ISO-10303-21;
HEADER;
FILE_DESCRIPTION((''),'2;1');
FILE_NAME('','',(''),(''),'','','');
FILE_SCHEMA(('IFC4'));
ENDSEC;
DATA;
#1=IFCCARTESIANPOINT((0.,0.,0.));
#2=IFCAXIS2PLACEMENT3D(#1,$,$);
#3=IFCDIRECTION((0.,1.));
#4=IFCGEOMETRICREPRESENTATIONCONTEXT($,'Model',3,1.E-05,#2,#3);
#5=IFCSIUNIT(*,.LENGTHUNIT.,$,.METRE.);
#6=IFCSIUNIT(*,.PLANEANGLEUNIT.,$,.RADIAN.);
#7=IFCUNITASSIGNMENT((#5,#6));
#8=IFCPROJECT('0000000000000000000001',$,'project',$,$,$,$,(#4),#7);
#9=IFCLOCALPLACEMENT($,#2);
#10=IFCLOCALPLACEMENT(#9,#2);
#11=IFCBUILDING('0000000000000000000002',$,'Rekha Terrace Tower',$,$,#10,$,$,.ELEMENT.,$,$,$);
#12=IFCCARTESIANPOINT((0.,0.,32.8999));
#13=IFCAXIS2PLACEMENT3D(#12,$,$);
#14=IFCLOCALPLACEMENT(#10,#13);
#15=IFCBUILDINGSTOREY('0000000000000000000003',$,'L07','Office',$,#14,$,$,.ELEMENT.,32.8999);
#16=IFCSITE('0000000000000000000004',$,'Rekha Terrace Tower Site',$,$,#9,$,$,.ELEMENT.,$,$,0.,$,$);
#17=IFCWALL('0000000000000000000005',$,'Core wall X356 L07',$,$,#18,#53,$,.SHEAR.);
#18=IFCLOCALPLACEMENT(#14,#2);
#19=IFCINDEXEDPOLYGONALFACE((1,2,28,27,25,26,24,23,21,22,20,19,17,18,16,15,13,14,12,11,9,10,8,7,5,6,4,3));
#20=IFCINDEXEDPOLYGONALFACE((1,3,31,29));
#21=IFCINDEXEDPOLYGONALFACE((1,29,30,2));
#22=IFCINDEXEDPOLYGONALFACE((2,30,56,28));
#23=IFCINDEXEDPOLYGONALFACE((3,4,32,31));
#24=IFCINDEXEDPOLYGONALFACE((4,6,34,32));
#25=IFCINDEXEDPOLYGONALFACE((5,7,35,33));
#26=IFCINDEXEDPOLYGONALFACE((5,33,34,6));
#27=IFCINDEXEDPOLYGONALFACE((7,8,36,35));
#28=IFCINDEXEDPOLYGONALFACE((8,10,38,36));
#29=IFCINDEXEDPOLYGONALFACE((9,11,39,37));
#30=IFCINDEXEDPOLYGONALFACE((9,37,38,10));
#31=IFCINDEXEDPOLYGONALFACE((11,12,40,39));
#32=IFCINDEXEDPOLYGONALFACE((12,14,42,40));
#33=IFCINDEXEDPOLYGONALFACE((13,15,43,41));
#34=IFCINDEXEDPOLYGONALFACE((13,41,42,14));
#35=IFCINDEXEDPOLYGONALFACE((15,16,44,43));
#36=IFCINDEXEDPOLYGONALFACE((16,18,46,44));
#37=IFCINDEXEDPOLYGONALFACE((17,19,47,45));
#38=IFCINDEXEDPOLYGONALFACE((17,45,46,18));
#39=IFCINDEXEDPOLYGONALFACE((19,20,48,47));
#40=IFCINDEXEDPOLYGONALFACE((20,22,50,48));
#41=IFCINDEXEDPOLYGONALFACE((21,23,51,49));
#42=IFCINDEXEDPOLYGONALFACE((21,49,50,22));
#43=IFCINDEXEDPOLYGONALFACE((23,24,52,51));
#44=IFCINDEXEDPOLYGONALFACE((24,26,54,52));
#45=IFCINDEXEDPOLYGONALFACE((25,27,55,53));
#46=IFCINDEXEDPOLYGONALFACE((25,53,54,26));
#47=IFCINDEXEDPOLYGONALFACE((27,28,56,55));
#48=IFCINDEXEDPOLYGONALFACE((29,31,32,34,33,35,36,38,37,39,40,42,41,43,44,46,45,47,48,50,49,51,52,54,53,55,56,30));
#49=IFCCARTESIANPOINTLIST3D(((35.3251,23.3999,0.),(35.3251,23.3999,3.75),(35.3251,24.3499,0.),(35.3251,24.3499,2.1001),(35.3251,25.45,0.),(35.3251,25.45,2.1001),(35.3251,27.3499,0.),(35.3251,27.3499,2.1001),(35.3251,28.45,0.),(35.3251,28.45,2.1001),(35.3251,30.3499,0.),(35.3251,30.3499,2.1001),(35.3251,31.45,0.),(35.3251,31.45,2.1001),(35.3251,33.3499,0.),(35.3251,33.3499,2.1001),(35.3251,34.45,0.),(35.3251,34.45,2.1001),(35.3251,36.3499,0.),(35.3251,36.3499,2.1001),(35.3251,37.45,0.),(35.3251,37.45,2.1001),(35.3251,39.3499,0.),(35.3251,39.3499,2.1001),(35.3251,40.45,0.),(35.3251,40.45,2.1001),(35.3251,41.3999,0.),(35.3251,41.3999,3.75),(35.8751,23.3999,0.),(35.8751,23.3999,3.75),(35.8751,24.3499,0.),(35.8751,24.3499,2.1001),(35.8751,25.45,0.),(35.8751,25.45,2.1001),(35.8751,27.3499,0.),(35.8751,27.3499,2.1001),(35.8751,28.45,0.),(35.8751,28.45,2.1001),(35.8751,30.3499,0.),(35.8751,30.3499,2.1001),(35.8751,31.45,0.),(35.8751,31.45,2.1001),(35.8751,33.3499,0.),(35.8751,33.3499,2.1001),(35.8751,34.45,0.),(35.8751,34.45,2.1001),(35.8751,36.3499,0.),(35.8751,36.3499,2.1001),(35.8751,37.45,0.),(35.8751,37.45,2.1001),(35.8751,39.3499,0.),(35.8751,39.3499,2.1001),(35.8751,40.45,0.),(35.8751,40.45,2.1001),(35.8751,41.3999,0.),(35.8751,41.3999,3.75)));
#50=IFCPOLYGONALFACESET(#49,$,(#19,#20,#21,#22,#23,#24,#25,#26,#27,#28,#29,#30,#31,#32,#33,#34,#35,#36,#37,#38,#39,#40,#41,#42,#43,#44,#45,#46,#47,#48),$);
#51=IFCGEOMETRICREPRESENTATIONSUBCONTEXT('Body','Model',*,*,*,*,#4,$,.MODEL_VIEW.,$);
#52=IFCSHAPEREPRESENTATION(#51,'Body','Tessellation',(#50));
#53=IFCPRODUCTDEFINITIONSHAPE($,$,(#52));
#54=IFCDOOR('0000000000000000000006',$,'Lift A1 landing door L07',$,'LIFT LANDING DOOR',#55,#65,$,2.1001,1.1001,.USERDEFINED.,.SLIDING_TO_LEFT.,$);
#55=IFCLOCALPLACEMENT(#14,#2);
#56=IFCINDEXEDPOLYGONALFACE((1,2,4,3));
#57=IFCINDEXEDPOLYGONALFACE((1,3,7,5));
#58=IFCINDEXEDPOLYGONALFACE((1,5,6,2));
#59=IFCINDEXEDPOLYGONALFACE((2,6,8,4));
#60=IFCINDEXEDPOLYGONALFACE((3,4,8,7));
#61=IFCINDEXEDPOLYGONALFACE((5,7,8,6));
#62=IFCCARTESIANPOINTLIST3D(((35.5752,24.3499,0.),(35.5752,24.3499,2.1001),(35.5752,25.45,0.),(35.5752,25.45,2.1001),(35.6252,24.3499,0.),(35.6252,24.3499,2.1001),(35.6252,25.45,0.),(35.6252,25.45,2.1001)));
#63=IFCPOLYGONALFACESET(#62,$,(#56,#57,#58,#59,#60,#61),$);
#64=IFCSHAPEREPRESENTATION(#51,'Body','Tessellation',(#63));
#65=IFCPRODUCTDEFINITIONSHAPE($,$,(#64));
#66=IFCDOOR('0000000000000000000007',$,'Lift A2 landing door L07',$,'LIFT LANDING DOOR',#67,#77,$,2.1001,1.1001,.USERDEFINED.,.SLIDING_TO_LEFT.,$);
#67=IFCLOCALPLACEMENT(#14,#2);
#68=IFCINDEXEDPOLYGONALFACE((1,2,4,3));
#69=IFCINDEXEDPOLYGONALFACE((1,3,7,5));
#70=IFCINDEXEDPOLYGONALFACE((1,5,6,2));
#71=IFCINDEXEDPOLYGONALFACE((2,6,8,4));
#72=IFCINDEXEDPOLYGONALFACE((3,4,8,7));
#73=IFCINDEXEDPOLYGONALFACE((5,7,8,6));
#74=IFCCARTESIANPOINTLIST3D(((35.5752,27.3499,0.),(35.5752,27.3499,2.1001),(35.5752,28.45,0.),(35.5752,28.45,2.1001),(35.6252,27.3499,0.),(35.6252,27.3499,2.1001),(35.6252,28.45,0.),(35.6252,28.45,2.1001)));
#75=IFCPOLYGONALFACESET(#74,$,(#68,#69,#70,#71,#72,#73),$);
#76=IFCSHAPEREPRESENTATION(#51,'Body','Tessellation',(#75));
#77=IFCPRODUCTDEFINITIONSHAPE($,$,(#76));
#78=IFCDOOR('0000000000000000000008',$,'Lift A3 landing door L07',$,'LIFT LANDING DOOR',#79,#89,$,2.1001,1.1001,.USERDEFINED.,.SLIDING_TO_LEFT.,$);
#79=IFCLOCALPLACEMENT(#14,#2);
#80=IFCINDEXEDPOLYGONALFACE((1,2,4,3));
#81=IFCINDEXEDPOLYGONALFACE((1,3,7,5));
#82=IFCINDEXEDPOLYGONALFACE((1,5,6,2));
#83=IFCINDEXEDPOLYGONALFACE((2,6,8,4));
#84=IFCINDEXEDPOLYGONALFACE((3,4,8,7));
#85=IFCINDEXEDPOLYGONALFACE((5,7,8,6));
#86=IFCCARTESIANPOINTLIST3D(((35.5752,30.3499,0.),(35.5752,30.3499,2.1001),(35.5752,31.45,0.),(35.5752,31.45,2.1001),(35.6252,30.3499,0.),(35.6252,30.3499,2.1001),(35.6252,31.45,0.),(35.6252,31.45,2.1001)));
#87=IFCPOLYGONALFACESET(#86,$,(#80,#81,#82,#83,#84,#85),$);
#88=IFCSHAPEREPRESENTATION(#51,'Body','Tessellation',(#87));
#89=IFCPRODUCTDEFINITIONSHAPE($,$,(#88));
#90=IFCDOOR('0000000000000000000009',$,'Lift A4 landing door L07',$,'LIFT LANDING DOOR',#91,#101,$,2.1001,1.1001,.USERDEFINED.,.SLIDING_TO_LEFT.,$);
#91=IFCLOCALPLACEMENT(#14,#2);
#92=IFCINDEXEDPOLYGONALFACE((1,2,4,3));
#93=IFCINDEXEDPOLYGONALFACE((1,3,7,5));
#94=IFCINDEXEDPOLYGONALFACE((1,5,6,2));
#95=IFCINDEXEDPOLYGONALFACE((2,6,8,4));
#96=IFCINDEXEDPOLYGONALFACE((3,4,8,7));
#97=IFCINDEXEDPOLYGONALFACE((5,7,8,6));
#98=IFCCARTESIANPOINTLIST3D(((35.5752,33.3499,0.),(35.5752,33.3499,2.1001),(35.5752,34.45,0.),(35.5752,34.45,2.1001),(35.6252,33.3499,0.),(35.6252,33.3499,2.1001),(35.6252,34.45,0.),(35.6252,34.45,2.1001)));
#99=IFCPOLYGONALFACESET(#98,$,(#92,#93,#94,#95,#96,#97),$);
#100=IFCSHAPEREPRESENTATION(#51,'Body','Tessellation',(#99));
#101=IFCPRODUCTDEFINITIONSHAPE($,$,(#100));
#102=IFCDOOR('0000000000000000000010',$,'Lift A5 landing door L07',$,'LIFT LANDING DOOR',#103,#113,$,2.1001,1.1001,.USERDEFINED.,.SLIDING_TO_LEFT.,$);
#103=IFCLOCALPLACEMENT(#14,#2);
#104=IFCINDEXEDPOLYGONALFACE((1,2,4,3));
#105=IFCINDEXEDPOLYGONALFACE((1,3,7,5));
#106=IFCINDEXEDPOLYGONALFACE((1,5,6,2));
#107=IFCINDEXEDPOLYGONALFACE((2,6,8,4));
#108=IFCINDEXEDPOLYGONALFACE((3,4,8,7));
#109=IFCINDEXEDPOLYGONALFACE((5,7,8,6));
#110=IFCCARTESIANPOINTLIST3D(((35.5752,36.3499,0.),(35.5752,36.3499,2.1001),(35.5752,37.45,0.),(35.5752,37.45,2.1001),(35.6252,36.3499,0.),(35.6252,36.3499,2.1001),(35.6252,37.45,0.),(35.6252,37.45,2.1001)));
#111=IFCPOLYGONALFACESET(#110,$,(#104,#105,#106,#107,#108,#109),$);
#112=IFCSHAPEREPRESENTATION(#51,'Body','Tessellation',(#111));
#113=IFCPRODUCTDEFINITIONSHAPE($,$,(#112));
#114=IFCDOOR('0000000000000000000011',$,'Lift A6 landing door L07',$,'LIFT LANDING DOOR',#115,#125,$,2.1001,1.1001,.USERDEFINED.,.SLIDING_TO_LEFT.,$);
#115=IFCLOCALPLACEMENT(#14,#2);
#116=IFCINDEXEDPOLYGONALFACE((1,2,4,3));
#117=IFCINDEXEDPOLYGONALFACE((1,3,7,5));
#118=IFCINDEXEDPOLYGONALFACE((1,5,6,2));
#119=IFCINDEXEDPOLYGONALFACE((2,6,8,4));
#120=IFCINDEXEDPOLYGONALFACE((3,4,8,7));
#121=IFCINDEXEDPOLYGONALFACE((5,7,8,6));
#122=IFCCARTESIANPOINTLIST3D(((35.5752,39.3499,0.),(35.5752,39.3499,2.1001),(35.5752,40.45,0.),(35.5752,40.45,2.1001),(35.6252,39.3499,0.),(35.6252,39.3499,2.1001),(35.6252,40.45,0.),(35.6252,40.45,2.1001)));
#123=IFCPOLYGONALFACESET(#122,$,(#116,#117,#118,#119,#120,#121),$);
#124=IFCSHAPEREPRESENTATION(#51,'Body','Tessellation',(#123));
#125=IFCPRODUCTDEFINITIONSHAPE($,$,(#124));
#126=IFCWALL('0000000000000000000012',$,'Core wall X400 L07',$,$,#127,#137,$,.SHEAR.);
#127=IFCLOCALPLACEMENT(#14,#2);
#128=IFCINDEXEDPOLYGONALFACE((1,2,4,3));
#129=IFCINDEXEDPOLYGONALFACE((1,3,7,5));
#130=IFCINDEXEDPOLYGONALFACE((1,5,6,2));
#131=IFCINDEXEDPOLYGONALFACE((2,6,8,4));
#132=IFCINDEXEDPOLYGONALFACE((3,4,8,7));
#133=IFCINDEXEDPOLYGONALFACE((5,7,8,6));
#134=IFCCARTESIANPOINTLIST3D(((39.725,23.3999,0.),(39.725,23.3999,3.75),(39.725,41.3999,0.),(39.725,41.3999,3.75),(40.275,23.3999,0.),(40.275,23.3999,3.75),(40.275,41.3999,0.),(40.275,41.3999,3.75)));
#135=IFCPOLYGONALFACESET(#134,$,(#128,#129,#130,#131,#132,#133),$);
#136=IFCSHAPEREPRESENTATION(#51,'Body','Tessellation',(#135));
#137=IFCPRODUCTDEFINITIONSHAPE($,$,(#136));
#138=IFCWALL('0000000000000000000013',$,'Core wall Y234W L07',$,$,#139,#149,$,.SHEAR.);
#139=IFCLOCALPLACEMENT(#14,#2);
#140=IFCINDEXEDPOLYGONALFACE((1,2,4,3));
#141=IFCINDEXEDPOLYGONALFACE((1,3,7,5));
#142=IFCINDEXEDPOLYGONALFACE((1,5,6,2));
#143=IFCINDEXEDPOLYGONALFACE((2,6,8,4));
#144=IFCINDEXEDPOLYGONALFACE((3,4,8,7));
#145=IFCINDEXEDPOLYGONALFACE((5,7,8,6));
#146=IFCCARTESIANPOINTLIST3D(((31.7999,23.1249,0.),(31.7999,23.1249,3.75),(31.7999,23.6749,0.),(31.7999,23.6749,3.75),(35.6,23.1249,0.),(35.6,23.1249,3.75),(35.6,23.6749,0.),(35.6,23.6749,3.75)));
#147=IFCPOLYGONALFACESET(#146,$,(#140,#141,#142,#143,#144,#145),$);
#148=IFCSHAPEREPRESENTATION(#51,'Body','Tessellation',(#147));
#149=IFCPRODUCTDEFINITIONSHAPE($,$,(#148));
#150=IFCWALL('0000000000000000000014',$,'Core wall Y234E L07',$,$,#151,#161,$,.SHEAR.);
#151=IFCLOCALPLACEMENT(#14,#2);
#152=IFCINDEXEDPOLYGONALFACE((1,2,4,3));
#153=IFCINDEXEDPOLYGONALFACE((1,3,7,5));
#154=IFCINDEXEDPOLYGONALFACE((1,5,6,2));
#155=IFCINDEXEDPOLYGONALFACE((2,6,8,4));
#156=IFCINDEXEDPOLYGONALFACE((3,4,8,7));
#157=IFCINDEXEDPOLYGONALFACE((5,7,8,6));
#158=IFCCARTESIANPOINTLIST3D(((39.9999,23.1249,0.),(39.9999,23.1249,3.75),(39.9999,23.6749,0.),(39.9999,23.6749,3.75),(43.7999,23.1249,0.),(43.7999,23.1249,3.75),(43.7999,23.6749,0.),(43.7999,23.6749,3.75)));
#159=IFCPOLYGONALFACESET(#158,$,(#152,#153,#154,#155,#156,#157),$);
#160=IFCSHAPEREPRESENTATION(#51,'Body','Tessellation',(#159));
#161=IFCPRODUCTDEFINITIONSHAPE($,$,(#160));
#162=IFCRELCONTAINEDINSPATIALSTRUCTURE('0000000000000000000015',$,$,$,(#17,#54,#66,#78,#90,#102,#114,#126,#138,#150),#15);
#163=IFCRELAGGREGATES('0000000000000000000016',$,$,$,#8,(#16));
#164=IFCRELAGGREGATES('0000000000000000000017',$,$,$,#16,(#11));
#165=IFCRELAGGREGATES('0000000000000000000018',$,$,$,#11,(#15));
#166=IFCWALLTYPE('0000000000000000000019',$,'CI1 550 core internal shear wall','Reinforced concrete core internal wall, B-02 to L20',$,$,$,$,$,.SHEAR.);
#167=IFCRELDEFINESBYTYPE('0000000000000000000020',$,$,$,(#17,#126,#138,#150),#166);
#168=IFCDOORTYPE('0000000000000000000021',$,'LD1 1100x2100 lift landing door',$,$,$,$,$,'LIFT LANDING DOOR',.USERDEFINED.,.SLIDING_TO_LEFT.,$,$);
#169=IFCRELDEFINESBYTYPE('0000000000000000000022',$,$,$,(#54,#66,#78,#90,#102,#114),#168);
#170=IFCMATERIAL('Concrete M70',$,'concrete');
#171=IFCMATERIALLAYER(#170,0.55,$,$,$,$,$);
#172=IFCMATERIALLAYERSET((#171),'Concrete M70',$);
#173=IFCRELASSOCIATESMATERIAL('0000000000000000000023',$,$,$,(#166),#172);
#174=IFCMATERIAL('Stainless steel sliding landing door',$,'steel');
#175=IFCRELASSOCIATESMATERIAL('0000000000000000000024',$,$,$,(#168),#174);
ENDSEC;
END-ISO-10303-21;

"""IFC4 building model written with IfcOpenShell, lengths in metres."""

from ifc_helpers import new_model, si_unit, direction, frame, frame_2d, origin, place, context, subcontext, project, spatial, rectangle, extrude, material, layer, layer_set, type_object, element, fill, save


model = new_model("IFC4")

# Units and contexts
model_context = context("Model", 3, precision=1e-05, world=origin(), true_north=direction((0.0, 1.0)))
body_context = subcontext(model_context, "Body", "Model", "MODEL_VIEW")
ifc_project = project(units=[si_unit("LENGTHUNIT", "METRE"), si_unit("PLANEANGLEUNIT", "RADIAN")], contexts=[model_context])

# Site, building, storey
site_placement = place(None, origin())
site = spatial("IfcSite", under=ifc_project, at=site_placement, Name="Rekha Terrace Tower Site", CompositionType="ELEMENT", RefElevation=0.0)
building_placement = place(site_placement, origin())
building = spatial("IfcBuilding", under=site, at=building_placement, Name="Rekha Terrace Tower", CompositionType="ELEMENT")
storey_placement = place(building_placement, frame((0.0, 0.0, 32.8999)))
storey = spatial("IfcBuildingStorey", under=building, at=storey_placement, Name="L07", Description="Office", CompositionType="ELEMENT", Elevation=32.8999)

# Shared definitions
ifc_material_1 = material(Name="Concrete M70", Category="concrete")

# Shared definitions
ifc_layer_1 = layer(ifc_material_1, 0.55)
ifc_layer_set_1 = layer_set([ifc_layer_1], Name="Concrete M70")
wall_type_1 = type_object("IfcWallType", Name="CI1 550 core internal shear wall", Description="Reinforced concrete core internal wall, B-02 to L20", PredefinedType="SHEAR", material=ifc_layer_set_1)

# Wall, openings, doors
wall_1_placement = place(storey_placement, frame((35.6001, 23.3999, 0.0), z_axis=(0.0, 0.0, 1.0), x_axis=(0.0, 1.0, 0.0)))
wall_1 = element("IfcWall", 1, at=wall_1_placement, inside=storey, type_object=wall_type_1, Name="Core wall X356 L07", PredefinedType="SHEAR", context=body_context, shape_type="SweptSolid", body=[
    extrude(rectangle(XDim=18.0, YDim=0.55, at=frame_2d((9.0, 0.0))), origin(), (0.0, 0.0, 1.0), 3.75),
])
opening_1_placement = place(wall_1_placement, frame((0.95, 0.0, 0.0)))
opening_1 = element("IfcOpeningElement", 2, at=opening_1_placement, cuts=wall_1, PredefinedType="OPENING", context=body_context, shape_type="SweptSolid", body=[
    extrude(rectangle(XDim=1.1001, YDim=2.1001, at=frame_2d((0.55, 1.05))), frame((0.0, 0.2849, 0.0), z_axis=(0.0, -1.0, 0.0), x_axis=(1.0, 0.0, 0.0)), (0.0, 0.0, 1.0), 0.5701),
])
opening_2_placement = place(wall_1_placement, frame((3.95, 0.0, 0.0)))
opening_2 = element("IfcOpeningElement", 3, at=opening_2_placement, cuts=wall_1, PredefinedType="OPENING", context=body_context, shape_type="SweptSolid", body=[
    extrude(rectangle(XDim=1.1001, YDim=2.1001, at=frame_2d((0.55, 1.05))), frame((0.0, 0.2849, 0.0), z_axis=(0.0, -1.0, 0.0), x_axis=(1.0, 0.0, 0.0)), (0.0, 0.0, 1.0), 0.5701),
])
opening_3_placement = place(wall_1_placement, frame((6.95, 0.0, 0.0)))
opening_3 = element("IfcOpeningElement", 4, at=opening_3_placement, cuts=wall_1, PredefinedType="OPENING", context=body_context, shape_type="SweptSolid", body=[
    extrude(rectangle(XDim=1.1001, YDim=2.1001, at=frame_2d((0.55, 1.05))), frame((0.0, 0.2849, 0.0), z_axis=(0.0, -1.0, 0.0), x_axis=(1.0, 0.0, 0.0)), (0.0, 0.0, 1.0), 0.5701),
])
opening_4_placement = place(wall_1_placement, frame((9.95, 0.0, 0.0)))
opening_4 = element("IfcOpeningElement", 5, at=opening_4_placement, cuts=wall_1, PredefinedType="OPENING", context=body_context, shape_type="SweptSolid", body=[
    extrude(rectangle(XDim=1.1001, YDim=2.1001, at=frame_2d((0.55, 1.05))), frame((0.0, 0.2849, 0.0), z_axis=(0.0, -1.0, 0.0), x_axis=(1.0, 0.0, 0.0)), (0.0, 0.0, 1.0), 0.5701),
])
opening_5_placement = place(wall_1_placement, frame((12.95, 0.0, 0.0)))
opening_5 = element("IfcOpeningElement", 6, at=opening_5_placement, cuts=wall_1, PredefinedType="OPENING", context=body_context, shape_type="SweptSolid", body=[
    extrude(rectangle(XDim=1.1001, YDim=2.1001, at=frame_2d((0.55, 1.05))), frame((0.0, 0.2849, 0.0), z_axis=(0.0, -1.0, 0.0), x_axis=(1.0, 0.0, 0.0)), (0.0, 0.0, 1.0), 0.5701),
])
opening_6_placement = place(wall_1_placement, frame((15.95, 0.0, 0.0)))
opening_6 = element("IfcOpeningElement", 7, at=opening_6_placement, cuts=wall_1, PredefinedType="OPENING", context=body_context, shape_type="SweptSolid", body=[
    extrude(rectangle(XDim=1.1001, YDim=2.1001, at=frame_2d((0.55, 1.05))), frame((0.0, 0.2849, 0.0), z_axis=(0.0, -1.0, 0.0), x_axis=(1.0, 0.0, 0.0)), (0.0, 0.0, 1.0), 0.5701),
])
ifc_material_2 = material(Name="Stainless steel sliding landing door", Category="steel")
door_type_1 = type_object("IfcDoorType", Name="LD1 1100x2100 lift landing door", ElementType="LIFT LANDING DOOR", OperationType="SLIDING_TO_LEFT", PredefinedType="USERDEFINED", material=ifc_material_2)
door_1_placement = place(opening_1_placement, origin())
door_1 = element("IfcDoor", 8, at=door_1_placement, inside=storey, type_object=door_type_1, Name="Lift A1 landing door L07", ObjectType="LIFT LANDING DOOR", OperationType="SLIDING_TO_LEFT", OverallHeight=2.1001, OverallWidth=1.1001, PredefinedType="USERDEFINED", context=body_context, shape_type="SweptSolid", body=[
    extrude(rectangle(XDim=1.1001, YDim=2.1001, at=frame_2d((0.55, 1.05))), frame((0.0, 0.0249, 0.0), z_axis=(0.0, -1.0, 0.0), x_axis=(1.0, 0.0, 0.0)), (0.0, 0.0, 1.0), 0.05),
])
fill(opening_1, door_1)
door_2_placement = place(opening_2_placement, origin())
door_2 = element("IfcDoor", 9, at=door_2_placement, inside=storey, type_object=door_type_1, Name="Lift A2 landing door L07", ObjectType="LIFT LANDING DOOR", OperationType="SLIDING_TO_LEFT", OverallHeight=2.1001, OverallWidth=1.1001, PredefinedType="USERDEFINED", context=body_context, shape_type="SweptSolid", body=[
    extrude(rectangle(XDim=1.1001, YDim=2.1001, at=frame_2d((0.55, 1.05))), frame((0.0, 0.0249, 0.0), z_axis=(0.0, -1.0, 0.0), x_axis=(1.0, 0.0, 0.0)), (0.0, 0.0, 1.0), 0.05),
])
fill(opening_2, door_2)
door_3_placement = place(opening_3_placement, origin())
door_3 = element("IfcDoor", 10, at=door_3_placement, inside=storey, type_object=door_type_1, Name="Lift A3 landing door L07", ObjectType="LIFT LANDING DOOR", OperationType="SLIDING_TO_LEFT", OverallHeight=2.1001, OverallWidth=1.1001, PredefinedType="USERDEFINED", context=body_context, shape_type="SweptSolid", body=[
    extrude(rectangle(XDim=1.1001, YDim=2.1001, at=frame_2d((0.55, 1.05))), frame((0.0, 0.0249, 0.0), z_axis=(0.0, -1.0, 0.0), x_axis=(1.0, 0.0, 0.0)), (0.0, 0.0, 1.0), 0.05),
])
fill(opening_3, door_3)
door_4_placement = place(opening_4_placement, origin())
door_4 = element("IfcDoor", 11, at=door_4_placement, inside=storey, type_object=door_type_1, Name="Lift A4 landing door L07", ObjectType="LIFT LANDING DOOR", OperationType="SLIDING_TO_LEFT", OverallHeight=2.1001, OverallWidth=1.1001, PredefinedType="USERDEFINED", context=body_context, shape_type="SweptSolid", body=[
    extrude(rectangle(XDim=1.1001, YDim=2.1001, at=frame_2d((0.55, 1.05))), frame((0.0, 0.0249, 0.0), z_axis=(0.0, -1.0, 0.0), x_axis=(1.0, 0.0, 0.0)), (0.0, 0.0, 1.0), 0.05),
])
fill(opening_4, door_4)
door_5_placement = place(opening_5_placement, origin())
door_5 = element("IfcDoor", 12, at=door_5_placement, inside=storey, type_object=door_type_1, Name="Lift A5 landing door L07", ObjectType="LIFT LANDING DOOR", OperationType="SLIDING_TO_LEFT", OverallHeight=2.1001, OverallWidth=1.1001, PredefinedType="USERDEFINED", context=body_context, shape_type="SweptSolid", body=[
    extrude(rectangle(XDim=1.1001, YDim=2.1001, at=frame_2d((0.55, 1.05))), frame((0.0, 0.0249, 0.0), z_axis=(0.0, -1.0, 0.0), x_axis=(1.0, 0.0, 0.0)), (0.0, 0.0, 1.0), 0.05),
])
fill(opening_5, door_5)
door_6_placement = place(opening_6_placement, origin())
door_6 = element("IfcDoor", 13, at=door_6_placement, inside=storey, type_object=door_type_1, Name="Lift A6 landing door L07", ObjectType="LIFT LANDING DOOR", OperationType="SLIDING_TO_LEFT", OverallHeight=2.1001, OverallWidth=1.1001, PredefinedType="USERDEFINED", context=body_context, shape_type="SweptSolid", body=[
    extrude(rectangle(XDim=1.1001, YDim=2.1001, at=frame_2d((0.55, 1.05))), frame((0.0, 0.0249, 0.0), z_axis=(0.0, -1.0, 0.0), x_axis=(1.0, 0.0, 0.0)), (0.0, 0.0, 1.0), 0.05),
])
fill(opening_6, door_6)

# Walls
wall_2_placement = place(storey_placement, frame((40.0, 23.3999, 0.0), z_axis=(0.0, 0.0, 1.0), x_axis=(0.0, 1.0, 0.0)))
element("IfcWall", 14, at=wall_2_placement, inside=storey, type_object=wall_type_1, Name="Core wall X400 L07", PredefinedType="SHEAR", context=body_context, shape_type="SweptSolid", body=[
    extrude(rectangle(XDim=18.0, YDim=0.55, at=frame_2d((9.0, 0.0))), origin(), (0.0, 0.0, 1.0), 3.75),
])
for number, where, z_axis, x_axis, name in (
    (15, (31.8, 23.3999, 0.0), (0.0, 0.0, 1.0), (1.0, 0.0, 0.0), "Core wall Y234W L07"),
    (16, (40.0, 23.3999, 0.0), (0.0, 0.0, 1.0), (1.0, 0.0, 0.0), "Core wall Y234E L07"),
):
    element("IfcWall", number, at=place(storey_placement, frame(where, z_axis=z_axis, x_axis=x_axis)), inside=storey, type_object=wall_type_1, Name=name, PredefinedType="SHEAR", context=body_context, shape_type="SweptSolid", body=[
        extrude(rectangle(XDim=3.8, YDim=0.55, at=frame_2d((1.8999, 0.0))), origin(), (0.0, 0.0, 1.0), 3.75),
    ])

save(model, "model.ifc")
